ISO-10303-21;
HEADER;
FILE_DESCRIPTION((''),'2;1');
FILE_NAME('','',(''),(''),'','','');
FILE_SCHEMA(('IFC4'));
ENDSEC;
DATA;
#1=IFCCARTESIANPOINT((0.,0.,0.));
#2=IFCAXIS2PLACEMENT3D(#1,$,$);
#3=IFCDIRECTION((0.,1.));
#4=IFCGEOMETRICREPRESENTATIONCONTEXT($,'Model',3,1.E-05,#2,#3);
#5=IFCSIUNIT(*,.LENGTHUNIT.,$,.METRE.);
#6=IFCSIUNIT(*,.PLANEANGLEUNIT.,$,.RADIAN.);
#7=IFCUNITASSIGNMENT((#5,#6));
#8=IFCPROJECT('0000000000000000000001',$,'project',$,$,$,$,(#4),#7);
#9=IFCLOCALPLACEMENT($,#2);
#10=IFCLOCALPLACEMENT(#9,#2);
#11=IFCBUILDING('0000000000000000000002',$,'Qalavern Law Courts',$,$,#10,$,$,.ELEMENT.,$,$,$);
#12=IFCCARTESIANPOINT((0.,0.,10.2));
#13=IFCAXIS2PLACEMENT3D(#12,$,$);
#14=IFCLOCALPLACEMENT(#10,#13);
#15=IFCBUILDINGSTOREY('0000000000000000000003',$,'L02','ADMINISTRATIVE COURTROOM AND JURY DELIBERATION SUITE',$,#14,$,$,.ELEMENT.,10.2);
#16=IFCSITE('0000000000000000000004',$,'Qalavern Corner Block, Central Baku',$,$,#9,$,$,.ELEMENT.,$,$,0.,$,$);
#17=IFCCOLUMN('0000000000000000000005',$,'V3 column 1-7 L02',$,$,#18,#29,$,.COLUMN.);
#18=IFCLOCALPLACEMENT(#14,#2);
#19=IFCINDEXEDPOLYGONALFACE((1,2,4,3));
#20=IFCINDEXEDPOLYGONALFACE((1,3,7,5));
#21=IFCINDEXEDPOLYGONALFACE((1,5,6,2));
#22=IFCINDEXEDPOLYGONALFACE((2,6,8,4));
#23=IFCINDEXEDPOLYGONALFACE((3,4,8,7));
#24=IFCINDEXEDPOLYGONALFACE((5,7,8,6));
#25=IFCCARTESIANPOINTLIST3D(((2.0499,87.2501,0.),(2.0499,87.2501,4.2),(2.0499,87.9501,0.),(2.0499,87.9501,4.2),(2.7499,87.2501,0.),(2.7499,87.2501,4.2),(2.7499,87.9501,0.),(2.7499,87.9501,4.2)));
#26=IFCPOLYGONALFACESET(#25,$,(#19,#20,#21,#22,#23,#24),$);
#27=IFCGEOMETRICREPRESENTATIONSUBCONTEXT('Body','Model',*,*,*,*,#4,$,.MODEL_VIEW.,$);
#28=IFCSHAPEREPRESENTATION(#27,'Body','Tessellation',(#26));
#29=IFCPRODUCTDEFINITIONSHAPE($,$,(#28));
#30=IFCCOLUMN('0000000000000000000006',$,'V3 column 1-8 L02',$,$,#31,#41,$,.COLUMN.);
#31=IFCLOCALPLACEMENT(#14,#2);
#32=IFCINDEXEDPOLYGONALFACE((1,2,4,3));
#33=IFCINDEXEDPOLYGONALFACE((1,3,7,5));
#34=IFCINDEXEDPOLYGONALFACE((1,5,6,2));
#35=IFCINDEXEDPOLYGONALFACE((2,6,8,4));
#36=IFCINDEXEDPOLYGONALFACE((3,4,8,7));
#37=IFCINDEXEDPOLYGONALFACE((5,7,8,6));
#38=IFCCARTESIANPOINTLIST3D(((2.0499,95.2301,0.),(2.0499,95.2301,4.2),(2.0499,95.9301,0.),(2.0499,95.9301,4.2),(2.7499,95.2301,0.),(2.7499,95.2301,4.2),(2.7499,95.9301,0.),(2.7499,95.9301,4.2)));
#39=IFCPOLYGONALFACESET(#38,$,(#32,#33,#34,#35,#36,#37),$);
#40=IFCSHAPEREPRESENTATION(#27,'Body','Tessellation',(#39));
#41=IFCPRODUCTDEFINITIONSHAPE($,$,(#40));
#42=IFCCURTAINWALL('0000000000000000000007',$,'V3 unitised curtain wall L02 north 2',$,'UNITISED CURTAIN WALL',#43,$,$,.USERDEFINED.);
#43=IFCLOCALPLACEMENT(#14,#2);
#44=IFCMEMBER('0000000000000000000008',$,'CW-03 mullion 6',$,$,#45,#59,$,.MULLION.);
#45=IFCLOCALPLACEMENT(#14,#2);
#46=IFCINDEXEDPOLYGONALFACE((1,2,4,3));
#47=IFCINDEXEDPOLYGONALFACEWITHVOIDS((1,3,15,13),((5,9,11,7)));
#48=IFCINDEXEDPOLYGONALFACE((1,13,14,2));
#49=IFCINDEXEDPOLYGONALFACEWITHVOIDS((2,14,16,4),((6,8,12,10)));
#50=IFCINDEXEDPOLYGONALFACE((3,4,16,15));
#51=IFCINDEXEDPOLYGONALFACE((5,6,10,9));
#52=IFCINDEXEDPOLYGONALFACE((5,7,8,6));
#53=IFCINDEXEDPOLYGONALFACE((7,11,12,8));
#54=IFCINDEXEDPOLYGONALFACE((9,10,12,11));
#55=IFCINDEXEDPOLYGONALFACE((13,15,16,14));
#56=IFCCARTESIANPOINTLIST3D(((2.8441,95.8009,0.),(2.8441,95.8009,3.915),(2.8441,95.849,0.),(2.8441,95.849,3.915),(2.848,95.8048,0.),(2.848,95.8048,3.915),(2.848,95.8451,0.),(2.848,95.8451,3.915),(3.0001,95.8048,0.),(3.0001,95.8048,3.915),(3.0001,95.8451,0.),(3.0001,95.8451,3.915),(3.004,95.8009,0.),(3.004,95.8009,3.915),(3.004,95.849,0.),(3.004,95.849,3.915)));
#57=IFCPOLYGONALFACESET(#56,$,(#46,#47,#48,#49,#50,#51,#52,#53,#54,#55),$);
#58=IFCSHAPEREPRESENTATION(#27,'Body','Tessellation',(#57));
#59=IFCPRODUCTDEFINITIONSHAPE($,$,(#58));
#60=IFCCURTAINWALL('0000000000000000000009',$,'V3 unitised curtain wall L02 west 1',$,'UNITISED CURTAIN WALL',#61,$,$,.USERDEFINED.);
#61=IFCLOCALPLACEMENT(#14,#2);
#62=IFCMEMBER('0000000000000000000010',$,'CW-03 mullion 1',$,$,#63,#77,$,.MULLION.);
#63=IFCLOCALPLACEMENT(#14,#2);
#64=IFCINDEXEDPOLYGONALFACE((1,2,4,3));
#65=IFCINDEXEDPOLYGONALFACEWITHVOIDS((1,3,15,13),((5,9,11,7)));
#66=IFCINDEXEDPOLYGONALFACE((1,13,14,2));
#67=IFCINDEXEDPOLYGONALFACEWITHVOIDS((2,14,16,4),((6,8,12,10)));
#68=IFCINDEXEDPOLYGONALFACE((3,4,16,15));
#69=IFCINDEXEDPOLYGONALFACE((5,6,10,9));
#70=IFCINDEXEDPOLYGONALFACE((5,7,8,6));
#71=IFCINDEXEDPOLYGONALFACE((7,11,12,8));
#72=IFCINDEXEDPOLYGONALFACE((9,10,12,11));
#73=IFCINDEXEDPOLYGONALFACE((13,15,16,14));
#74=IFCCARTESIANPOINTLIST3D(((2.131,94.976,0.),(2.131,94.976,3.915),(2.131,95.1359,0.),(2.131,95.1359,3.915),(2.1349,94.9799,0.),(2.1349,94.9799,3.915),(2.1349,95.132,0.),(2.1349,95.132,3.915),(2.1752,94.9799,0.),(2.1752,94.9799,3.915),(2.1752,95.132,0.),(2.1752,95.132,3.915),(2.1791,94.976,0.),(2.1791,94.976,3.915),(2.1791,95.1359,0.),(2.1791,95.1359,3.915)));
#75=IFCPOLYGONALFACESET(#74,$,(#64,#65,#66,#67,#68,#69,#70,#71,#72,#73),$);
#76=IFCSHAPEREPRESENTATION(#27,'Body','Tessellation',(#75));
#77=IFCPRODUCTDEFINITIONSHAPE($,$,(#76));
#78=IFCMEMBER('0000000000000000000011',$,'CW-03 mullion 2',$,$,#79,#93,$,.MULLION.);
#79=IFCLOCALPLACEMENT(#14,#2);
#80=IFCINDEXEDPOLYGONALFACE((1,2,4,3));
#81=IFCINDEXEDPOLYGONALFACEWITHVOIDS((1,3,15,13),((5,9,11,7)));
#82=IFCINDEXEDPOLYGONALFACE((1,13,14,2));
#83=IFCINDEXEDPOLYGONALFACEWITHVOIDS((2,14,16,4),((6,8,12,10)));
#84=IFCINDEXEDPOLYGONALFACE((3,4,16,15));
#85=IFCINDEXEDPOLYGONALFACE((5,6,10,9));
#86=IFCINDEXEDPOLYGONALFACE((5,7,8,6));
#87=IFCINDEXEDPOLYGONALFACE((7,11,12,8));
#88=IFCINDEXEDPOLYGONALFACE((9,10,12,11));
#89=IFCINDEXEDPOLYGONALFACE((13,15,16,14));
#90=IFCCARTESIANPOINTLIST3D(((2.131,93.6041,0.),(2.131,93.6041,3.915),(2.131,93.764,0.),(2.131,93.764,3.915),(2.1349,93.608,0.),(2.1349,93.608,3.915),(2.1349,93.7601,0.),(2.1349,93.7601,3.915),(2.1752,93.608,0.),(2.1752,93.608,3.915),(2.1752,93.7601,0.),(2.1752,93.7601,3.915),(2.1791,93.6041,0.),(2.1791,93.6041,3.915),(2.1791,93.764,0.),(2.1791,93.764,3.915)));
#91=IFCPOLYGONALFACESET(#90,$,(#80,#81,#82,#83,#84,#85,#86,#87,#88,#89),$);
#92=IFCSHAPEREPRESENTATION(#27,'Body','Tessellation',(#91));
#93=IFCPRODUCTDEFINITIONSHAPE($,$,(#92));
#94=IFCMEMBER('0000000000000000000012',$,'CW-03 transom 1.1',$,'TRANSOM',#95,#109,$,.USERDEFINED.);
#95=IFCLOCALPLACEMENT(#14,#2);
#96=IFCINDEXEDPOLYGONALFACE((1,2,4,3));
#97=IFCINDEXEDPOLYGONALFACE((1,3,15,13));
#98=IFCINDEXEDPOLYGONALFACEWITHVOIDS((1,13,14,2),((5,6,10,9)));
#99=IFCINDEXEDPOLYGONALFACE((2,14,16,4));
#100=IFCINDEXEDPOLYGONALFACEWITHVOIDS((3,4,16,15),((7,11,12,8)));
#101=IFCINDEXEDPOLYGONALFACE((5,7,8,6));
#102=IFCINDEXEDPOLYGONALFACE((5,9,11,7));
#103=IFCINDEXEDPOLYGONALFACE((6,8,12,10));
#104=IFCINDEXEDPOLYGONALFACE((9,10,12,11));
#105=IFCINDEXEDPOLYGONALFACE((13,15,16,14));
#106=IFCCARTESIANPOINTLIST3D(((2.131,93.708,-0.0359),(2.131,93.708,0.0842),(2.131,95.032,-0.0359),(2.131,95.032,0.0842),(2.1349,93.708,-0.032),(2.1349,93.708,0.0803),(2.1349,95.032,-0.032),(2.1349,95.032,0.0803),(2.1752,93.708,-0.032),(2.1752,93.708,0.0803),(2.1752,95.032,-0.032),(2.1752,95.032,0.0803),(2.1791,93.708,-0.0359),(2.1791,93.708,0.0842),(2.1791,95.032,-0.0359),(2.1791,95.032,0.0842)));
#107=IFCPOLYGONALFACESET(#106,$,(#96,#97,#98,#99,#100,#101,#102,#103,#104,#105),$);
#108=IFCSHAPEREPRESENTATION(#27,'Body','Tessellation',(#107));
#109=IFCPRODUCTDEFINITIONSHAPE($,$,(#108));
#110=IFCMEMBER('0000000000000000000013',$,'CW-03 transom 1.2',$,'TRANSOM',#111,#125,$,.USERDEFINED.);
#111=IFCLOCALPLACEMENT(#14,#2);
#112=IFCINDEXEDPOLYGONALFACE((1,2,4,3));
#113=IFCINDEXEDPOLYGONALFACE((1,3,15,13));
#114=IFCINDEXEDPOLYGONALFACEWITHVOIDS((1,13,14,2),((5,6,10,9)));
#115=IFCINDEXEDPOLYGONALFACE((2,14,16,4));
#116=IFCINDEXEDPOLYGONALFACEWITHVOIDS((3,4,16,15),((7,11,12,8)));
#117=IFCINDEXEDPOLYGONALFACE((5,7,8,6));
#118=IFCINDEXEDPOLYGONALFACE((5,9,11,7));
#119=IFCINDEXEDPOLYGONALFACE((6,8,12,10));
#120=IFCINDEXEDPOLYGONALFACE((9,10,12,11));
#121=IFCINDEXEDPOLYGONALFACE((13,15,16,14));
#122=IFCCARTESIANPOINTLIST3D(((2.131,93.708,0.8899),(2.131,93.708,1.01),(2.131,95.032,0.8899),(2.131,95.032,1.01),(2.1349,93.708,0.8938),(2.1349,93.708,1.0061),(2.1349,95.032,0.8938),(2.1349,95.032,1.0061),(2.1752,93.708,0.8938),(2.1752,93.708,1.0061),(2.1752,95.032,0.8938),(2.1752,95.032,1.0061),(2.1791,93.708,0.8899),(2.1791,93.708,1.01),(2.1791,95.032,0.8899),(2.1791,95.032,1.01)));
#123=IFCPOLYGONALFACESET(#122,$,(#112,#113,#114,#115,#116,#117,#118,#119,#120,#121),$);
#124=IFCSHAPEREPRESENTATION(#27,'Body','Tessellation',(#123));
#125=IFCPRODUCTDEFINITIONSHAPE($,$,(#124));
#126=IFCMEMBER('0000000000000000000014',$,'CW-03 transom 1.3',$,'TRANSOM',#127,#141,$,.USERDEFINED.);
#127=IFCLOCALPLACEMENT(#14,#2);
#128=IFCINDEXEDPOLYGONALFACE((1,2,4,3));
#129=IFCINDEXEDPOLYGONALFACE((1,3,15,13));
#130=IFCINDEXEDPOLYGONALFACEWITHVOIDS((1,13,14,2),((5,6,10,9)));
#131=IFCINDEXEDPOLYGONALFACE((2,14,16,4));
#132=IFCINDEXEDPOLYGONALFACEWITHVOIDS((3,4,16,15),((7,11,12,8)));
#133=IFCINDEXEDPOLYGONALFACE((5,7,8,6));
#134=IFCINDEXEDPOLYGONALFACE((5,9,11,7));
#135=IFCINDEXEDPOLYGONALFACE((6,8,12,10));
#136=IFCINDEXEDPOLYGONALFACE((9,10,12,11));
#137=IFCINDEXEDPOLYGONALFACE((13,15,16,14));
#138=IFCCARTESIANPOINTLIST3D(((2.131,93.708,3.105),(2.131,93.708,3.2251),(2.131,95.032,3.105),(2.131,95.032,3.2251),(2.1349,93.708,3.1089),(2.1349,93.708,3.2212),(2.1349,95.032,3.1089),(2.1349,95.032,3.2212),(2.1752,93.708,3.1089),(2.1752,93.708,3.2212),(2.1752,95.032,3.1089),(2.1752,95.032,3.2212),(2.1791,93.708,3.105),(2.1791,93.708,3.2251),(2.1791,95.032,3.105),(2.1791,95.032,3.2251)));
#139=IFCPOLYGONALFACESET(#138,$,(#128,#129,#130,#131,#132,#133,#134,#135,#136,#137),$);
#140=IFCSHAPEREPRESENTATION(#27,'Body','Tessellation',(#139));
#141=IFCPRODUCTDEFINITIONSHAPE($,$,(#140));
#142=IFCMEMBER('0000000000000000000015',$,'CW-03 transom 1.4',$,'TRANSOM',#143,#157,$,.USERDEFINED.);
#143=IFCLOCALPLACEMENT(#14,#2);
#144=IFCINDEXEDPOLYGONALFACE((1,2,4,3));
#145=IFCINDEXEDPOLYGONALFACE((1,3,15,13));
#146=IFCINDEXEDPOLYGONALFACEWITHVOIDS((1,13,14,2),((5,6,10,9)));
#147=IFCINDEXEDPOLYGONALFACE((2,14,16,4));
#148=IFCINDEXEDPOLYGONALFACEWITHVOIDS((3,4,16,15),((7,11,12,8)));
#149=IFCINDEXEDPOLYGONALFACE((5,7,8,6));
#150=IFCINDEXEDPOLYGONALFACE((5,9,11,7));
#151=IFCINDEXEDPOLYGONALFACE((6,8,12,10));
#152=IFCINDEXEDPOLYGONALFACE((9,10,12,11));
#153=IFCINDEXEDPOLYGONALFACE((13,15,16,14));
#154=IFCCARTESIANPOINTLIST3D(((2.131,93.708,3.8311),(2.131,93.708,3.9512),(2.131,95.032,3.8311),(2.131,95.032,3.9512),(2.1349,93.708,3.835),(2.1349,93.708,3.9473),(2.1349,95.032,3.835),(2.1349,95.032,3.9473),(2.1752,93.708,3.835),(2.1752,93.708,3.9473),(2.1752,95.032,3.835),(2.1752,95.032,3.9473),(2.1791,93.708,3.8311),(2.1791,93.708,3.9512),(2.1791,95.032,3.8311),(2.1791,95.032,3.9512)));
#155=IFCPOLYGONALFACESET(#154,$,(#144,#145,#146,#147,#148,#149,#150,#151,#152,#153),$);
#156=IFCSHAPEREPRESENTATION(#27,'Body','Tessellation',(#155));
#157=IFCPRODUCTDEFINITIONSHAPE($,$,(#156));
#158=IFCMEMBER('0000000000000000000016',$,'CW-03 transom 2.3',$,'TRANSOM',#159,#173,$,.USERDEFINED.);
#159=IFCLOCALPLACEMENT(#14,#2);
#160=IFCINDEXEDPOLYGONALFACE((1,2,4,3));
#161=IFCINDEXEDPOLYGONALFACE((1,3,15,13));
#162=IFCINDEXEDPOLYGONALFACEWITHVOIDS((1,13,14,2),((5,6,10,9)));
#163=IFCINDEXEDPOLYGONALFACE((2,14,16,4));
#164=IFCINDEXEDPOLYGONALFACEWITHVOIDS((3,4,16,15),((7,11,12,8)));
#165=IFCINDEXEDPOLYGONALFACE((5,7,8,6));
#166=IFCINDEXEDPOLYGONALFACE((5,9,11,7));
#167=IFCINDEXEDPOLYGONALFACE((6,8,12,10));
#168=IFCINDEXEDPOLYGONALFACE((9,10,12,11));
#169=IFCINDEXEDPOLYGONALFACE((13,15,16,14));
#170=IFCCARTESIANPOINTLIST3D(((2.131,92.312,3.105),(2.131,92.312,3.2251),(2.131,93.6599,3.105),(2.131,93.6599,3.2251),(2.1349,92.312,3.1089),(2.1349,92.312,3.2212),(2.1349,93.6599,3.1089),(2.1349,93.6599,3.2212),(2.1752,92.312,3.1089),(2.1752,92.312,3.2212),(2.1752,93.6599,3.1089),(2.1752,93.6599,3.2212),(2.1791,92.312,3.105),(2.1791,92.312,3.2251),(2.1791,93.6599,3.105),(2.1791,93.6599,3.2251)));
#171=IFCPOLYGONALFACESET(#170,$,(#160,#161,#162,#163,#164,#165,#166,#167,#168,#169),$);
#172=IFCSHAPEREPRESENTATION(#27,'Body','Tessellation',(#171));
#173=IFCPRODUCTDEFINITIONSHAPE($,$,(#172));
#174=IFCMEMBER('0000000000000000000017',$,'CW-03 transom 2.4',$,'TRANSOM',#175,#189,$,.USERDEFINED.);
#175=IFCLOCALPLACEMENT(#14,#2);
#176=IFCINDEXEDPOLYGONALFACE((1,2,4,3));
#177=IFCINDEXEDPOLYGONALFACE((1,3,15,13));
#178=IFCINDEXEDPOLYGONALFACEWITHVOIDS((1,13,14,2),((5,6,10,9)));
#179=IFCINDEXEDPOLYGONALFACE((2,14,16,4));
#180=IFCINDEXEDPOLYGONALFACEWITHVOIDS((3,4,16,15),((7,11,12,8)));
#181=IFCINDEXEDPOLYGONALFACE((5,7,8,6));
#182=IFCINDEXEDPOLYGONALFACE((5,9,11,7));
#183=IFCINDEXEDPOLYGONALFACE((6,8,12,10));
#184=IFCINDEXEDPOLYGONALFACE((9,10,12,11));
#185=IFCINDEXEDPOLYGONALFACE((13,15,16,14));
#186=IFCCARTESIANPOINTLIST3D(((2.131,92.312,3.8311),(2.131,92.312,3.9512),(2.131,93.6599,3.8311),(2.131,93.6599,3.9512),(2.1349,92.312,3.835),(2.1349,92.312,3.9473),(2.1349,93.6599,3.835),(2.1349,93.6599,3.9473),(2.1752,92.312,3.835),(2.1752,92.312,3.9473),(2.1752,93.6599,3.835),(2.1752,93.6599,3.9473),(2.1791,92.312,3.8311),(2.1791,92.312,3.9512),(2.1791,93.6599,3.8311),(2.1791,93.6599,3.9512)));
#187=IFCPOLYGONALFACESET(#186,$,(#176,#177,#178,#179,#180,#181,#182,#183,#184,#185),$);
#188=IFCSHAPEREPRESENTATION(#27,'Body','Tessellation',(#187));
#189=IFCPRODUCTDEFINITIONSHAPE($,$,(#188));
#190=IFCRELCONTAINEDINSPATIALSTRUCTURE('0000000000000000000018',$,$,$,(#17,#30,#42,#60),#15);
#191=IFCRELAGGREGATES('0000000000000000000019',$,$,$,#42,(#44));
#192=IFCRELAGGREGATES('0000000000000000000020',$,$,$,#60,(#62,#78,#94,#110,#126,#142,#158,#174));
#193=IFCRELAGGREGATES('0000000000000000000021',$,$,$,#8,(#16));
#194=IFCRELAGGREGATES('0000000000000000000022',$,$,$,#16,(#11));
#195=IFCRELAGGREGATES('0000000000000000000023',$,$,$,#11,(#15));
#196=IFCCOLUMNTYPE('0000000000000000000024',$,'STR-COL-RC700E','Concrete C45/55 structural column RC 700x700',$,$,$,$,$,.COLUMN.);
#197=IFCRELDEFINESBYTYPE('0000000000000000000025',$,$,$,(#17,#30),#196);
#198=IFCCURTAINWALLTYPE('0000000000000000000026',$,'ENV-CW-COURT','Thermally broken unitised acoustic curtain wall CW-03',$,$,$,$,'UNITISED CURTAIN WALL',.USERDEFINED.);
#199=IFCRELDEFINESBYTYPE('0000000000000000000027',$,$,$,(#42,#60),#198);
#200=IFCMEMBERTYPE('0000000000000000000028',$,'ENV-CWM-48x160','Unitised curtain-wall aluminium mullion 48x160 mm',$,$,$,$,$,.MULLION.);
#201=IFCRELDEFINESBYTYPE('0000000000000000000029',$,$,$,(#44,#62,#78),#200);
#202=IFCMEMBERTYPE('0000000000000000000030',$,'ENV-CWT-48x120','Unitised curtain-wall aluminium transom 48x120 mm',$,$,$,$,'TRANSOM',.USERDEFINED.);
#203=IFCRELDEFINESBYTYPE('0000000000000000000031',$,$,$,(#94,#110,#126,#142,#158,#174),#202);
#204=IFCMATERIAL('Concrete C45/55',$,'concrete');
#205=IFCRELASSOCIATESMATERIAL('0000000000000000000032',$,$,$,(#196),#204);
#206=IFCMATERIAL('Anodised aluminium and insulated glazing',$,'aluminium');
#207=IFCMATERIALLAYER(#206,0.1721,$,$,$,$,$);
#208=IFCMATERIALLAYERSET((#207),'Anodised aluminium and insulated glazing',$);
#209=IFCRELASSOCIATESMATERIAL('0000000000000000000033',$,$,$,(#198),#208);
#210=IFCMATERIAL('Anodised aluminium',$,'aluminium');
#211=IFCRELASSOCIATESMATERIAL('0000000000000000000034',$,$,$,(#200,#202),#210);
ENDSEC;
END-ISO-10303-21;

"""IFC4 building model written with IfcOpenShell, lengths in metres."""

from ifc_helpers import new_model, si_unit, direction, frame, origin, origin_2d, place, context, subcontext, project, spatial, rectangle, hollow_rectangle, extrude, material, layer, layer_set, material_profile, profile_set, type_object, element, aggregate, save


model = new_model("IFC4")

# Units and contexts
model_context = context("Model", 3, precision=1e-05, world=origin(), true_north=direction((0.0, 1.0)))
body_context = subcontext(model_context, "Body", "Model", "MODEL_VIEW")
ifc_project = project(units=[si_unit("LENGTHUNIT", "METRE"), si_unit("PLANEANGLEUNIT", "RADIAN")], contexts=[model_context])

# Site, building, storey
site_placement = place(None, origin())
site = spatial("IfcSite", under=ifc_project, at=site_placement, Name="Qalavern Corner Block, Central Baku", CompositionType="ELEMENT", RefElevation=0.0)
building_placement = place(site_placement, origin())
building = spatial("IfcBuilding", under=site, at=building_placement, Name="Qalavern Law Courts", CompositionType="ELEMENT")
storey_placement = place(building_placement, frame((0.0, 0.0, 10.2)))
storey = spatial("IfcBuildingStorey", under=building, at=storey_placement, Name="L02", Description="ADMINISTRATIVE COURTROOM AND JURY DELIBERATION SUITE", CompositionType="ELEMENT", Elevation=10.2)

# Columns
ifc_material_1 = material(Name="Concrete C45/55", Category="concrete")
ifc_material_profile_1 = material_profile(ifc_material_1, rectangle(XDim=0.7, YDim=0.7, at=origin_2d()), Name="RC 700x700")
ifc_profile_set_1 = profile_set([ifc_material_profile_1], Name="Concrete C45/55")
column_type = type_object("IfcColumnType", Name="STR-COL-RC700E", Description="Concrete C45/55 structural column RC 700x700", PredefinedType="COLUMN", material=ifc_profile_set_1)
for number, where, z_axis, x_axis, name in (
    (1, (2.3999, 87.6001, 0.0), (0.0, 0.0, 1.0), (1.0, 0.0, 0.0), "V3 column 1-7 L02"),
    (2, (2.3999, 95.5801, 0.0), (0.0, 0.0, 1.0), (1.0, 0.0, 0.0), "V3 column 1-8 L02"),
):
    element("IfcColumn", number, at=place(storey_placement, frame(where, z_axis=z_axis, x_axis=x_axis)), inside=storey, type_object=column_type, Name=name, PredefinedType="COLUMN", context=body_context, shape_type="SweptSolid", body=[
        extrude(rectangle(XDim=0.7, YDim=0.7, at=origin_2d()), origin(), (0.0, 0.0, 1.0), 4.2),
    ])

# Curtain wall, member
ifc_material_2 = material(Name="Anodised aluminium and insulated glazing", Category="aluminium")
ifc_layer_1 = layer(ifc_material_2, 0.1721)
ifc_layer_set_1 = layer_set([ifc_layer_1], Name="Anodised aluminium and insulated glazing")
curtain_wall_type = type_object("IfcCurtainWallType", Name="ENV-CW-COURT", Description="Thermally broken unitised acoustic curtain wall CW-03", ElementType="UNITISED CURTAIN WALL", PredefinedType="USERDEFINED", material=ifc_layer_set_1)
curtain_wall_1_placement = place(storey_placement, origin())
curtain_wall_1 = element("IfcCurtainWall", 3, at=curtain_wall_1_placement, inside=storey, type_object=curtain_wall_type, Name="V3 unitised curtain wall L02 north 2", ObjectType="UNITISED CURTAIN WALL", PredefinedType="USERDEFINED")
ifc_material_3 = material(Name="Anodised aluminium", Category="aluminium")
ifc_material_profile_2 = material_profile(ifc_material_3, hollow_rectangle(XDim=0.0481, YDim=0.1599, WallThickness=0.0039, at=origin_2d()), Name="ALU MULLION 48x160")
ifc_profile_set_2 = profile_set([ifc_material_profile_2], Name="Anodised aluminium")
member_type_1 = type_object("IfcMemberType", Name="ENV-CWM-48x160", Description="Unitised curtain-wall aluminium mullion 48x160 mm", PredefinedType="MULLION", material=ifc_profile_set_2)
member_1_placement = place(storey_placement, frame((2.9241, 95.825, 0.0), z_axis=(0.0, 0.0, 1.0), x_axis=(0.0, -1.0, 0.0)))
member_1 = element("IfcMember", 4, at=member_1_placement, type_object=member_type_1, Name="CW-03 mullion 6", PredefinedType="MULLION", context=body_context, shape_type="SweptSolid", body=[
    extrude(hollow_rectangle(XDim=0.0481, YDim=0.1599, WallThickness=0.0039, at=origin_2d()), origin(), (0.0, 0.0, 1.0), 3.915),
])

# Curtain wall, members
curtain_wall_2_placement = place(storey_placement, origin())
curtain_wall_2 = element("IfcCurtainWall", 5, at=curtain_wall_2_placement, inside=storey, type_object=curtain_wall_type, Name="V3 unitised curtain wall L02 west 1", ObjectType="UNITISED CURTAIN WALL", PredefinedType="USERDEFINED")
member_2_placement = place(storey_placement, frame((2.155, 95.0559, 0.0), z_axis=(0.0, 0.0, 1.0), x_axis=(1.0, 0.0, 0.0)))
member_2 = element("IfcMember", 6, at=member_2_placement, type_object=member_type_1, Name="CW-03 mullion 1", PredefinedType="MULLION", context=body_context, shape_type="SweptSolid", body=[
    extrude(hollow_rectangle(XDim=0.0481, YDim=0.1599, WallThickness=0.0039, at=origin_2d()), origin(), (0.0, 0.0, 1.0), 3.915),
])
member_3_placement = place(storey_placement, frame((2.155, 93.6841, 0.0), z_axis=(0.0, 0.0, 1.0), x_axis=(1.0, 0.0, 0.0)))
member_3 = element("IfcMember", 7, at=member_3_placement, type_object=member_type_1, Name="CW-03 mullion 2", PredefinedType="MULLION", context=body_context, shape_type="SweptSolid", body=[
    extrude(hollow_rectangle(XDim=0.0481, YDim=0.1599, WallThickness=0.0039, at=origin_2d()), origin(), (0.0, 0.0, 1.0), 3.915),
])
ifc_material_profile_3 = material_profile(ifc_material_3, hollow_rectangle(XDim=0.0481, YDim=0.1201, WallThickness=0.0039, at=origin_2d()), Name="ALU TRANSOM 48x120")
ifc_profile_set_3 = profile_set([ifc_material_profile_3], Name="Anodised aluminium")
member_type_2 = type_object("IfcMemberType", Name="ENV-CWT-48x120", Description="Unitised curtain-wall aluminium transom 48x120 mm", ElementType="TRANSOM", PredefinedType="USERDEFINED", material=ifc_profile_set_3)
member_4_placement = place(storey_placement, frame((2.155, 95.032, 0.0242), z_axis=(0.0, -1.0, 0.0), x_axis=(1.0, 0.0, 0.0)))
member_4 = element("IfcMember", 8, at=member_4_placement, type_object=member_type_2, Name="CW-03 transom 1.1", ObjectType="TRANSOM", PredefinedType="USERDEFINED", context=body_context, shape_type="SweptSolid", body=[
    extrude(hollow_rectangle(XDim=0.0481, YDim=0.1201, WallThickness=0.0039, at=origin_2d()), origin(), (0.0, 0.0, 1.0), 1.324),
])
member_5_placement = place(storey_placement, frame((2.155, 95.032, 0.95), z_axis=(0.0, -1.0, 0.0), x_axis=(1.0, 0.0, 0.0)))
member_5 = element("IfcMember", 9, at=member_5_placement, type_object=member_type_2, Name="CW-03 transom 1.2", ObjectType="TRANSOM", PredefinedType="USERDEFINED", context=body_context, shape_type="SweptSolid", body=[
    extrude(hollow_rectangle(XDim=0.0481, YDim=0.1201, WallThickness=0.0039, at=origin_2d()), origin(), (0.0, 0.0, 1.0), 1.324),
])
member_6_placement = place(storey_placement, frame((2.155, 95.032, 3.165), z_axis=(0.0, -1.0, 0.0), x_axis=(1.0, 0.0, 0.0)))
member_6 = element("IfcMember", 10, at=member_6_placement, type_object=member_type_2, Name="CW-03 transom 1.3", ObjectType="TRANSOM", PredefinedType="USERDEFINED", context=body_context, shape_type="SweptSolid", body=[
    extrude(hollow_rectangle(XDim=0.0481, YDim=0.1201, WallThickness=0.0039, at=origin_2d()), origin(), (0.0, 0.0, 1.0), 1.324),
])
member_7_placement = place(storey_placement, frame((2.155, 95.032, 3.8911), z_axis=(0.0, -1.0, 0.0), x_axis=(1.0, 0.0, 0.0)))
member_7 = element("IfcMember", 11, at=member_7_placement, type_object=member_type_2, Name="CW-03 transom 1.4", ObjectType="TRANSOM", PredefinedType="USERDEFINED", context=body_context, shape_type="SweptSolid", body=[
    extrude(hollow_rectangle(XDim=0.0481, YDim=0.1201, WallThickness=0.0039, at=origin_2d()), origin(), (0.0, 0.0, 1.0), 1.324),
])
member_8_placement = place(storey_placement, frame((2.155, 93.6599, 3.165), z_axis=(0.0, -1.0, 0.0), x_axis=(1.0, 0.0, 0.0)))
member_8 = element("IfcMember", 12, at=member_8_placement, type_object=member_type_2, Name="CW-03 transom 2.3", ObjectType="TRANSOM", PredefinedType="USERDEFINED", context=body_context, shape_type="SweptSolid", body=[
    extrude(hollow_rectangle(XDim=0.0481, YDim=0.1201, WallThickness=0.0039, at=origin_2d()), origin(), (0.0, 0.0, 1.0), 1.3479),
])
member_9_placement = place(storey_placement, frame((2.155, 93.6599, 3.8911), z_axis=(0.0, -1.0, 0.0), x_axis=(1.0, 0.0, 0.0)))
member_9 = element("IfcMember", 13, at=member_9_placement, type_object=member_type_2, Name="CW-03 transom 2.4", ObjectType="TRANSOM", PredefinedType="USERDEFINED", context=body_context, shape_type="SweptSolid", body=[
    extrude(hollow_rectangle(XDim=0.0481, YDim=0.1201, WallThickness=0.0039, at=origin_2d()), origin(), (0.0, 0.0, 1.0), 1.3479),
])

aggregate(curtain_wall_1, [member_1])
aggregate(curtain_wall_2, [member_2, member_3, member_4, member_5, member_6, member_7, member_8, member_9])

save(model, "model.ifc")
